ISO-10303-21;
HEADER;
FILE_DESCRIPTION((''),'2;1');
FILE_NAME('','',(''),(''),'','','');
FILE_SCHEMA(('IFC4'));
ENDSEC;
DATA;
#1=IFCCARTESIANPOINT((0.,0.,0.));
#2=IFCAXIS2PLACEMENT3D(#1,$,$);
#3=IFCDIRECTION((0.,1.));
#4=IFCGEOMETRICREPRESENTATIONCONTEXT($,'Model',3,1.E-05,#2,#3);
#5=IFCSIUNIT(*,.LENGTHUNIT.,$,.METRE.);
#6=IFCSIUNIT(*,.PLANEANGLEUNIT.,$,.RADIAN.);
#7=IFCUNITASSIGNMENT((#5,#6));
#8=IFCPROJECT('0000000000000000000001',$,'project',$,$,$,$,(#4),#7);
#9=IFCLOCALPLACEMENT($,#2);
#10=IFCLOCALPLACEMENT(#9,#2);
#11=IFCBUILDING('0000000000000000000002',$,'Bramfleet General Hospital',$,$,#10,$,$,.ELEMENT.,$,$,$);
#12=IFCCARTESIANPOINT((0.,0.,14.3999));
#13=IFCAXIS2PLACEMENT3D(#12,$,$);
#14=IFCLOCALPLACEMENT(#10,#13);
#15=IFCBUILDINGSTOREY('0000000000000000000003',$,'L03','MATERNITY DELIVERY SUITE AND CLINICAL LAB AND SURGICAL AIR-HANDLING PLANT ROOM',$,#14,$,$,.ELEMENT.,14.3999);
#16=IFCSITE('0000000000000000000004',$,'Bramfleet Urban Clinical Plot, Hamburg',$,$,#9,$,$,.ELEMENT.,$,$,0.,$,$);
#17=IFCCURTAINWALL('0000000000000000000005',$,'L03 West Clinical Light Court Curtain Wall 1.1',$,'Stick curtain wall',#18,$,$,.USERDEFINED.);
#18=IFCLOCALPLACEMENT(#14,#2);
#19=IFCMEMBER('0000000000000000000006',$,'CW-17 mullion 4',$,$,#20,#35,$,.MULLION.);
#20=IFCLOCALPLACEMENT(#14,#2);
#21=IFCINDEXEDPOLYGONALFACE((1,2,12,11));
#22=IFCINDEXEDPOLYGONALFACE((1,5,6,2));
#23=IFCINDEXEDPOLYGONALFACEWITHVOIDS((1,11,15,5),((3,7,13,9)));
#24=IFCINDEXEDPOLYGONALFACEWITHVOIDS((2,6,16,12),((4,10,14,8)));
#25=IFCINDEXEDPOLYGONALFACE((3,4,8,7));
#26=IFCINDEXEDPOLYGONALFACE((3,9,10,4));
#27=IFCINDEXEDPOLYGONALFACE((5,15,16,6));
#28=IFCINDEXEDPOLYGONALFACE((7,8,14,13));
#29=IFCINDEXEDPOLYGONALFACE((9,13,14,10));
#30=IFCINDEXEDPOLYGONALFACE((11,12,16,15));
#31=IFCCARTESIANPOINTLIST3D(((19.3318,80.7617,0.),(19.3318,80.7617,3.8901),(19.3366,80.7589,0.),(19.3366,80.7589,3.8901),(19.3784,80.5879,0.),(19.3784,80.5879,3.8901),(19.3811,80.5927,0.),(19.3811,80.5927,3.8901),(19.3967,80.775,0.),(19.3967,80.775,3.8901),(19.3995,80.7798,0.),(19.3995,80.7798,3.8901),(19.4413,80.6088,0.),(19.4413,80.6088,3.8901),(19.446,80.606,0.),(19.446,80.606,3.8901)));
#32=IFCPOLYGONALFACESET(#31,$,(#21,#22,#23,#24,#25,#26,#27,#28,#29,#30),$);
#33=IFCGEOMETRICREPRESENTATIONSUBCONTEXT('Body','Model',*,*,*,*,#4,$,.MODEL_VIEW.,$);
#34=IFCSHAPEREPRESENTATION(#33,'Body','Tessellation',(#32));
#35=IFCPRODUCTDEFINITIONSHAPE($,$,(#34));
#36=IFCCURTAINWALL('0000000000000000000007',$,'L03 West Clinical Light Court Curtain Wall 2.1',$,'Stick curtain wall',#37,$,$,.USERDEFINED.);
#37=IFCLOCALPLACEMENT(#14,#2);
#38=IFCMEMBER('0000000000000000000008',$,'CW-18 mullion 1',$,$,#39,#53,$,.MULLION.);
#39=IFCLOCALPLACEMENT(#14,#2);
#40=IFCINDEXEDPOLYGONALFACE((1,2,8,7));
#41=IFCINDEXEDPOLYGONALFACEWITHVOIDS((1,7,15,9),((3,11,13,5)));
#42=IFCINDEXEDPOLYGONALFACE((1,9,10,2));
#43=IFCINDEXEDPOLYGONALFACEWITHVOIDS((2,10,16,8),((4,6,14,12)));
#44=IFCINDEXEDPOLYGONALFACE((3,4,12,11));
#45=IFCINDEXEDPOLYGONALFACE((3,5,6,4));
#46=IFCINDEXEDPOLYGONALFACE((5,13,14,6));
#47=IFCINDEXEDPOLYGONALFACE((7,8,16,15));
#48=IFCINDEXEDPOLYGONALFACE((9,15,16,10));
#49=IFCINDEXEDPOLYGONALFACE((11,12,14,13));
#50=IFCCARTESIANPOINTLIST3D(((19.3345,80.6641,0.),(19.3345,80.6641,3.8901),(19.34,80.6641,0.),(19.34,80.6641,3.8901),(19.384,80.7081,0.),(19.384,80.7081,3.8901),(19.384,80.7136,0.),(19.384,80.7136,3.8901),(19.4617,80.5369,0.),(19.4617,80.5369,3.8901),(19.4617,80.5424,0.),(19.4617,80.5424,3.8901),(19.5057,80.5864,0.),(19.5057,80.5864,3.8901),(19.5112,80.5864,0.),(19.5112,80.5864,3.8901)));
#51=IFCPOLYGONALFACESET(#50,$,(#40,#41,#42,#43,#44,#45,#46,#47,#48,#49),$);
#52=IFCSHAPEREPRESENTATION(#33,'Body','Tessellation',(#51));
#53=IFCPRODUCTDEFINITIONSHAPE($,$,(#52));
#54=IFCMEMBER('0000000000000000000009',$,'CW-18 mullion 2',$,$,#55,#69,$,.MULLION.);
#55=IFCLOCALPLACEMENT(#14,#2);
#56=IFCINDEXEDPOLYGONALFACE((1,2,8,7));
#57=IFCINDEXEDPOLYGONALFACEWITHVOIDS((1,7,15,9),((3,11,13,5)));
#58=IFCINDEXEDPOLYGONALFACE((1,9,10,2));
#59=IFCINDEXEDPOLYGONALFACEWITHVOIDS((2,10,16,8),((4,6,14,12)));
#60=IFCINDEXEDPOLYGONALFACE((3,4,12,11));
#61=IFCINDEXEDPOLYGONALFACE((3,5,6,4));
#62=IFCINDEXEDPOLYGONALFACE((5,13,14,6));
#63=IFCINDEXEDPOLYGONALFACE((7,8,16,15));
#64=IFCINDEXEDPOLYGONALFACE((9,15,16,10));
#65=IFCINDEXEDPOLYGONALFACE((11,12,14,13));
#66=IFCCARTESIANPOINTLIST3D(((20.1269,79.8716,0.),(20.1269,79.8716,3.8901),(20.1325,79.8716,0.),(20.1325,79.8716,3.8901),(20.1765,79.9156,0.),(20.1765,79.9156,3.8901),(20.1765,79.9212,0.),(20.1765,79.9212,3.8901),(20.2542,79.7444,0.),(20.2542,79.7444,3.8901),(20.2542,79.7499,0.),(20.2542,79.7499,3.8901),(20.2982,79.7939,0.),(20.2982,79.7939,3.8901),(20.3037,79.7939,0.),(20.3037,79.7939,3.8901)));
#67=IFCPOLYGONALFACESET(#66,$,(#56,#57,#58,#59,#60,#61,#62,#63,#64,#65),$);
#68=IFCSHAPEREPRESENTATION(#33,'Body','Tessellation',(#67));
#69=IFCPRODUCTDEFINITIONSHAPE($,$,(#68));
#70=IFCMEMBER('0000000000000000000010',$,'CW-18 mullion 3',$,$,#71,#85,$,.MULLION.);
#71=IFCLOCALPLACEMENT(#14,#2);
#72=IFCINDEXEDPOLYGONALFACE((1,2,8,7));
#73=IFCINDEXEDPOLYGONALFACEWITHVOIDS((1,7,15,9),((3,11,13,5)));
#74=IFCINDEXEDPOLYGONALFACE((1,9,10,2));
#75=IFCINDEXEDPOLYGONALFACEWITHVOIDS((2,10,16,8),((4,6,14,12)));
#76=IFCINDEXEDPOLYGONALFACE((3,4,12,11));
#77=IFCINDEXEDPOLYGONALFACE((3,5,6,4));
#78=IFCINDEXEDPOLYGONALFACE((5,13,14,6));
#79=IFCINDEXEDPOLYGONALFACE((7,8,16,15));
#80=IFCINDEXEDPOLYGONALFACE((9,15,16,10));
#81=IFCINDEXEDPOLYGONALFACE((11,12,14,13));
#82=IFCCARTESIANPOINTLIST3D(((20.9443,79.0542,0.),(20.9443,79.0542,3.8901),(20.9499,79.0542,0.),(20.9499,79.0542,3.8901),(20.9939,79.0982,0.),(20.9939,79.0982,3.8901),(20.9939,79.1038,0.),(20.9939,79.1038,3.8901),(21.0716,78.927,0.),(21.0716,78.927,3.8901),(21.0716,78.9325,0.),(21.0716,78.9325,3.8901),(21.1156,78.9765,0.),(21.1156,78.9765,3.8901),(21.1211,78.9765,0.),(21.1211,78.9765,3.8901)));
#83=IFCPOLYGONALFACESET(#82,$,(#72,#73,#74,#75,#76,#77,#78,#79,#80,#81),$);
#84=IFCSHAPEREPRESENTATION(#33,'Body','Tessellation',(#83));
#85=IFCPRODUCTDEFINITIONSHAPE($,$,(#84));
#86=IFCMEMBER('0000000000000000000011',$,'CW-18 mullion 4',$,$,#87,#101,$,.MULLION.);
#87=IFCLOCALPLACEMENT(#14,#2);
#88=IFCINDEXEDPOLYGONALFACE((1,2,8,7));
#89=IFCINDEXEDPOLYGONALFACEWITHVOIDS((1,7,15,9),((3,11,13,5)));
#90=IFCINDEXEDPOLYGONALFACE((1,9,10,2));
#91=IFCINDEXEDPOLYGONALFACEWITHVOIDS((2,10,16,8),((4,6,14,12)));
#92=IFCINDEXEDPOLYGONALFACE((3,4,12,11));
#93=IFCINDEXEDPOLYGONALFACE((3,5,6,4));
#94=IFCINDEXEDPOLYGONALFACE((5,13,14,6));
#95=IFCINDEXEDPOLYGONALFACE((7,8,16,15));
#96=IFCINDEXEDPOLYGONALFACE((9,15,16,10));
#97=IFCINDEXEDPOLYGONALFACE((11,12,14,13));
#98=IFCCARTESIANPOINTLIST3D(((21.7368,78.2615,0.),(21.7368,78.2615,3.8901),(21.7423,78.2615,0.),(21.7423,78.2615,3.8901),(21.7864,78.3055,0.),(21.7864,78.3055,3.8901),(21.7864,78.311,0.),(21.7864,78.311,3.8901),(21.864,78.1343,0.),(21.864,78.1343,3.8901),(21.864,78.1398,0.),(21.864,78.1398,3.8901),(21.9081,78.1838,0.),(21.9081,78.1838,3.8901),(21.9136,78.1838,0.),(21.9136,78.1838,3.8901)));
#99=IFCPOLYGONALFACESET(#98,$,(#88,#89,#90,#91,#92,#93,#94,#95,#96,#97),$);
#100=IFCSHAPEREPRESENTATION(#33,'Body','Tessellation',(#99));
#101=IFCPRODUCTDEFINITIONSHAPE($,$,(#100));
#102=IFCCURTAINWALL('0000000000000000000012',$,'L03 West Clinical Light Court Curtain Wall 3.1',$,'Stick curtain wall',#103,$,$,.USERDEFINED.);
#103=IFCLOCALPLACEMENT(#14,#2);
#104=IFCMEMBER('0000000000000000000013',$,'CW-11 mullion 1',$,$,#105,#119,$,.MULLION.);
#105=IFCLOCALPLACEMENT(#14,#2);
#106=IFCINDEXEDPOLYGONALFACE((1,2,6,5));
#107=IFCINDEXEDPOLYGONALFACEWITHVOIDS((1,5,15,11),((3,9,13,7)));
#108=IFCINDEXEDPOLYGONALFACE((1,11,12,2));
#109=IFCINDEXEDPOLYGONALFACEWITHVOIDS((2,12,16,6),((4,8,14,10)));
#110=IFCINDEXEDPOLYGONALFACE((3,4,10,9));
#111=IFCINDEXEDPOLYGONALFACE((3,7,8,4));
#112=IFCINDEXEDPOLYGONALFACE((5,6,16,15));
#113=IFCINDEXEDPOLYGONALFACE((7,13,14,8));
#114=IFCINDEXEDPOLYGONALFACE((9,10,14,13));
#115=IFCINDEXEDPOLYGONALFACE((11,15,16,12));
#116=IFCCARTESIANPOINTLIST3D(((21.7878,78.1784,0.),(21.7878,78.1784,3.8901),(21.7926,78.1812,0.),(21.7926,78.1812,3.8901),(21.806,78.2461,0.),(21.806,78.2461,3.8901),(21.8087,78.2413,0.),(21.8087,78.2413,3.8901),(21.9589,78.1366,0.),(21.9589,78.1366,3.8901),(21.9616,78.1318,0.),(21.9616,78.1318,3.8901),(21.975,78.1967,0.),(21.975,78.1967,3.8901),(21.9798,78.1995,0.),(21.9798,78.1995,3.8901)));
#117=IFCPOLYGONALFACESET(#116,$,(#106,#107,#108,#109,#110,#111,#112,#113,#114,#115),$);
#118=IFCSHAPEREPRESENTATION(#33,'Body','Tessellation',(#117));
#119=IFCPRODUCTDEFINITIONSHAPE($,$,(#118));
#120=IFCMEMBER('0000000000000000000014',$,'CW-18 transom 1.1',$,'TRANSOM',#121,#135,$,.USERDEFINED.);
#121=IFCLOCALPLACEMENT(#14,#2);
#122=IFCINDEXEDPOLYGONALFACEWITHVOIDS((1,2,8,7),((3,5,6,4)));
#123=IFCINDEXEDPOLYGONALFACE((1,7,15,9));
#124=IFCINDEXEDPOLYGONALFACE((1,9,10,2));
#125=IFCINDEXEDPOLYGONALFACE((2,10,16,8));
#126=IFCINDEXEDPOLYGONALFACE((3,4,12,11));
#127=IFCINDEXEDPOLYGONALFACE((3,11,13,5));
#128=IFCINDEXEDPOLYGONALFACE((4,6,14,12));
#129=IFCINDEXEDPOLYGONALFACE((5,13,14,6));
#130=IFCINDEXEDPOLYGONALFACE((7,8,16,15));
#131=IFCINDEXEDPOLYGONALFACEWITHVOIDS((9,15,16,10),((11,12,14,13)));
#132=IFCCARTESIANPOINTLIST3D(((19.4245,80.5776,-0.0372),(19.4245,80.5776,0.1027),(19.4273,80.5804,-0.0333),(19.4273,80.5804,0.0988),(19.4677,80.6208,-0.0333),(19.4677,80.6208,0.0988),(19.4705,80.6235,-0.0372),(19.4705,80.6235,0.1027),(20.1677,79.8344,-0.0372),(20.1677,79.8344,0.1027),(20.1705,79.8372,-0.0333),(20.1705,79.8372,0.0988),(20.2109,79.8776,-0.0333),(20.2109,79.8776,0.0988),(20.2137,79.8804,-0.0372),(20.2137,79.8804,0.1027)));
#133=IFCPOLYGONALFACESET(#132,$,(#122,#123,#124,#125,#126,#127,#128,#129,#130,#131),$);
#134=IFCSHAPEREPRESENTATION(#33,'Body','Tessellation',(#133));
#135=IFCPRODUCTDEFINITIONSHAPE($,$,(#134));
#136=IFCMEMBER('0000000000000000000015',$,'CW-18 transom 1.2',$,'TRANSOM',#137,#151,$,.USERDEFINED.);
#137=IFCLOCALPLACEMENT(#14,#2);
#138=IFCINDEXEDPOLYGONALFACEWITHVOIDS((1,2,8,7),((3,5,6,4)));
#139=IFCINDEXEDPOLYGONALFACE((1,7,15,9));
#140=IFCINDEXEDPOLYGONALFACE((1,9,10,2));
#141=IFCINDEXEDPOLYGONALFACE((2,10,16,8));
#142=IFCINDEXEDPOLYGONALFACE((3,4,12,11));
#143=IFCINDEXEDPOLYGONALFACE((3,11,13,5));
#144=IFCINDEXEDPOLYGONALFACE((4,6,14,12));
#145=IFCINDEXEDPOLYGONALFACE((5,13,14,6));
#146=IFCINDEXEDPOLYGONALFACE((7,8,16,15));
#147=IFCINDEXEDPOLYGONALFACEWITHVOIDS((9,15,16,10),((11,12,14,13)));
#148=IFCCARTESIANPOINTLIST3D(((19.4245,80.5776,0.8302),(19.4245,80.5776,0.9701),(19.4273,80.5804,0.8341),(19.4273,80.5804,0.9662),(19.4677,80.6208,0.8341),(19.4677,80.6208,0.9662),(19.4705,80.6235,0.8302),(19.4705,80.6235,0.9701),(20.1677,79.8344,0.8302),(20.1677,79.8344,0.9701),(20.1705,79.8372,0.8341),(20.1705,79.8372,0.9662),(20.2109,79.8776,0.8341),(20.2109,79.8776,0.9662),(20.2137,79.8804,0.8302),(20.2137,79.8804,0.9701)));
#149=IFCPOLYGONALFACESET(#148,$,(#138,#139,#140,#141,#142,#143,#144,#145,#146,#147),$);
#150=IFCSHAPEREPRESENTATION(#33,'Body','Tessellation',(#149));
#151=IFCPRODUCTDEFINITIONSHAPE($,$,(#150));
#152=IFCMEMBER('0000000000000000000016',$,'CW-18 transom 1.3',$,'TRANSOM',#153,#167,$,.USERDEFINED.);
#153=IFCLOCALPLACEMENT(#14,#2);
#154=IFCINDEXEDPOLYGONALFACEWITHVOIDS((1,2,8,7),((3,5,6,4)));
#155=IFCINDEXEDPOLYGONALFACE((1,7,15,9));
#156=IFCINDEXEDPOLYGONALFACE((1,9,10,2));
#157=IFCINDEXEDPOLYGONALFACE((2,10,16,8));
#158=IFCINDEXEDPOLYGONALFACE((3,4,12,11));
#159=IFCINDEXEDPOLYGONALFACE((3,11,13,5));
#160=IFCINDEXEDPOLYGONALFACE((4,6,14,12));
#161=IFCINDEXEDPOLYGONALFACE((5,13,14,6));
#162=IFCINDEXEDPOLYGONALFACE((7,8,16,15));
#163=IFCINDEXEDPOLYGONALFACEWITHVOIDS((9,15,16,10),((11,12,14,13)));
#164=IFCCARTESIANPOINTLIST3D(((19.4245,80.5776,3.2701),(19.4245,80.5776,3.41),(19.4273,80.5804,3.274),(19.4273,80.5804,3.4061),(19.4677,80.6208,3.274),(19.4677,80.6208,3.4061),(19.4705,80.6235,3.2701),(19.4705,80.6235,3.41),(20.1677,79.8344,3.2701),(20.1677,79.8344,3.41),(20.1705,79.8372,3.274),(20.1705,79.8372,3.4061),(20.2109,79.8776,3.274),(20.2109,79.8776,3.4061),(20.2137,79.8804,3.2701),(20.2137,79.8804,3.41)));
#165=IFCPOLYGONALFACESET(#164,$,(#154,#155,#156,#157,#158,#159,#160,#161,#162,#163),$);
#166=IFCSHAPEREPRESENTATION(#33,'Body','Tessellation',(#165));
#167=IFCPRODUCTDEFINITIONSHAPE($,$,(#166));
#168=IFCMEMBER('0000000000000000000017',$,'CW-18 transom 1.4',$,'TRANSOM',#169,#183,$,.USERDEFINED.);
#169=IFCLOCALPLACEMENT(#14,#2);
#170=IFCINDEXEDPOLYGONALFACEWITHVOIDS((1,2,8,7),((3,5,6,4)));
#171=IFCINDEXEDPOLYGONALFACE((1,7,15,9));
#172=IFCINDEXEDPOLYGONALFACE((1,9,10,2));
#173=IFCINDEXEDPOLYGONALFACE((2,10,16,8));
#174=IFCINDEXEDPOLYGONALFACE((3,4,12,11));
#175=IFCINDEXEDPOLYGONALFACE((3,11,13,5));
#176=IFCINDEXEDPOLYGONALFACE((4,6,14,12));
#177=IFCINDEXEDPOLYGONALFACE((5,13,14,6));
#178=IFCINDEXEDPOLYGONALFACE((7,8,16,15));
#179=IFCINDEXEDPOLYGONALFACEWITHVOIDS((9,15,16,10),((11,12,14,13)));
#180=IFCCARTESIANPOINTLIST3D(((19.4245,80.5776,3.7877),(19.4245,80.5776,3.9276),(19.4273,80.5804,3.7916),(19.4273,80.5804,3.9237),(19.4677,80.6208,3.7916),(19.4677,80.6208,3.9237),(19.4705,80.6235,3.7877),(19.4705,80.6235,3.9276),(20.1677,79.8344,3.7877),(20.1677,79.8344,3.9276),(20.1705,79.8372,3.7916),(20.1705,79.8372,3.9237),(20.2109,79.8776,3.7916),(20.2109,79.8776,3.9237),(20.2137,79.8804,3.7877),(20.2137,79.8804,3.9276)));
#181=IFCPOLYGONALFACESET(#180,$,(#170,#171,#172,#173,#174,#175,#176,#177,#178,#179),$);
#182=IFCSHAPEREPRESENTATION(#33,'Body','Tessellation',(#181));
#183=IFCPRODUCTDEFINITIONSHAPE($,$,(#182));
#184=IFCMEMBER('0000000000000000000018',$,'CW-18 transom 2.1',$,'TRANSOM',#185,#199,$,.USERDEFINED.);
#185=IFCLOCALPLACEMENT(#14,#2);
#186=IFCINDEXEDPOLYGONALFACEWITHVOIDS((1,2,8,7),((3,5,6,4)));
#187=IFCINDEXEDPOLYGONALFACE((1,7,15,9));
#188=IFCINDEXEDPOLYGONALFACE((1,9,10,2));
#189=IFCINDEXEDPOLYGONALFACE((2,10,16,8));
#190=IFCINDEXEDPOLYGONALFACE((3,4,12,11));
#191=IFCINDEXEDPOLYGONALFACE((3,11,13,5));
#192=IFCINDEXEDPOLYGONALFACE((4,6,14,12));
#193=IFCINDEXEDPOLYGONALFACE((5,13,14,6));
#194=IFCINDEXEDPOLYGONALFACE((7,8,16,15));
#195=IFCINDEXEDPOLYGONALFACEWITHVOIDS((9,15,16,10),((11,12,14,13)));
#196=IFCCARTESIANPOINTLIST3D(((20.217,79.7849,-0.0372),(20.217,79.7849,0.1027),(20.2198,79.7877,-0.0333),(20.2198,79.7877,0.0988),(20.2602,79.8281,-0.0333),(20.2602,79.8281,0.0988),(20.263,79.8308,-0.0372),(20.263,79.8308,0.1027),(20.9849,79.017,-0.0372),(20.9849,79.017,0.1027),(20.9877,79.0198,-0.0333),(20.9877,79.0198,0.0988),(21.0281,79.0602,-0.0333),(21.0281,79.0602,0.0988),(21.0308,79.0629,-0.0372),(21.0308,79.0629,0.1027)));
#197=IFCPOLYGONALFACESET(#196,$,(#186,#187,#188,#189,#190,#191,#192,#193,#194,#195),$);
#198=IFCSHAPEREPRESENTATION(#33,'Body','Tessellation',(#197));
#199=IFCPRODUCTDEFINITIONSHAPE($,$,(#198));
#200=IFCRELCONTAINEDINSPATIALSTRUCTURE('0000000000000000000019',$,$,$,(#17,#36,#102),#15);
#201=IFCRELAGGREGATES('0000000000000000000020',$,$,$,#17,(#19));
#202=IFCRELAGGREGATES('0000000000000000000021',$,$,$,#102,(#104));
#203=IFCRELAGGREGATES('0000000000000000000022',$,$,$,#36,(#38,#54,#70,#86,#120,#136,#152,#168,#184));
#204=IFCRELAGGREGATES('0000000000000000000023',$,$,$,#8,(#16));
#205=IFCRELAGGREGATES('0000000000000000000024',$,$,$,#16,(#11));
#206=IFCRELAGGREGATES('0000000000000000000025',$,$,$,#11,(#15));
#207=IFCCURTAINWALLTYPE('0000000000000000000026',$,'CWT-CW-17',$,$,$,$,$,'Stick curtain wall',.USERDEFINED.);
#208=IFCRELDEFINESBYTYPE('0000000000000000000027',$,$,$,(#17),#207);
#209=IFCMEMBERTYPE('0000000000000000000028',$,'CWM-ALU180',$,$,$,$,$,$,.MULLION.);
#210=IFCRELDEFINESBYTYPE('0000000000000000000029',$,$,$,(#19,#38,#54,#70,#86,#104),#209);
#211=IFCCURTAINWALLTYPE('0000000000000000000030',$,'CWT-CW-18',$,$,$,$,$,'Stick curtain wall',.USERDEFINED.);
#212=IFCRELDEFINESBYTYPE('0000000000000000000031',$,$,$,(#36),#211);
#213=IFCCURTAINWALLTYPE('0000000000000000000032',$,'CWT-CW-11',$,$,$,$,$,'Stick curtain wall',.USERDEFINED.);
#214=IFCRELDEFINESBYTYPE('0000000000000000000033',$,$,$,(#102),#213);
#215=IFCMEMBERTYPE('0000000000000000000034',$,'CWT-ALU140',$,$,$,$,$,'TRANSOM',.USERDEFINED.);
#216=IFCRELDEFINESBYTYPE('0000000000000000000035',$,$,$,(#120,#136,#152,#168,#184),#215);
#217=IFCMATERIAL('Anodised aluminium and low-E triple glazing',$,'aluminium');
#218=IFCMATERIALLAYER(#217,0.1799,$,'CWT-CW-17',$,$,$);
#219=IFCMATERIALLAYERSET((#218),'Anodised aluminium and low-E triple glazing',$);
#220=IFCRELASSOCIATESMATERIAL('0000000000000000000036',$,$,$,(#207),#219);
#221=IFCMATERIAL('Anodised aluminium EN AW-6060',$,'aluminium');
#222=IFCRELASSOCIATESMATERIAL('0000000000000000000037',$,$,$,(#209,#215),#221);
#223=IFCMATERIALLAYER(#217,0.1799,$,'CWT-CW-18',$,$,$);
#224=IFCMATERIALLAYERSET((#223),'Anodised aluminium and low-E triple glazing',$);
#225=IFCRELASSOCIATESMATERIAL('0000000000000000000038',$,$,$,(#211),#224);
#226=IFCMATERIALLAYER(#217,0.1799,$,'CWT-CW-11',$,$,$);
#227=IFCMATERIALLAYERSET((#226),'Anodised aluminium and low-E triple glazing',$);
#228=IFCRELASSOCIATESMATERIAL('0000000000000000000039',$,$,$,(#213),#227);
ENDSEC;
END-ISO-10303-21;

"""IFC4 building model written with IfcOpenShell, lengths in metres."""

from ifc_helpers import new_model, si_unit, direction, frame, origin, origin_2d, place, context, subcontext, project, spatial, hollow_rectangle, extrude, material, layer, layer_set, material_profile, profile_set, type_object, element, aggregate, save


model = new_model("IFC4")

# Units and contexts
model_context = context("Model", 3, precision=1e-05, world=origin(), true_north=direction((0.0, 1.0)))
body_context = subcontext(model_context, "Body", "Model", "MODEL_VIEW")
ifc_project = project(units=[si_unit("LENGTHUNIT", "METRE"), si_unit("PLANEANGLEUNIT", "RADIAN")], contexts=[model_context])

# Site, building, storey
site_placement = place(None, origin())
site = spatial("IfcSite", under=ifc_project, at=site_placement, Name="Bramfleet Urban Clinical Plot, Hamburg", CompositionType="ELEMENT", RefElevation=0.0)
building_placement = place(site_placement, origin())
building = spatial("IfcBuilding", under=site, at=building_placement, Name="Bramfleet General Hospital", CompositionType="ELEMENT")
storey_placement = place(building_placement, frame((0.0, 0.0, 14.3999)))
storey = spatial("IfcBuildingStorey", under=building, at=storey_placement, Name="L03", Description="MATERNITY DELIVERY SUITE AND CLINICAL LAB AND SURGICAL AIR-HANDLING PLANT ROOM", CompositionType="ELEMENT", Elevation=14.3999)

# Curtain wall, member
ifc_material_1 = material(Name="Anodised aluminium and low-E triple glazing", Category="aluminium")
ifc_layer_1 = layer(ifc_material_1, 0.1799, Name="CWT-CW-17")
ifc_layer_set_1 = layer_set([ifc_layer_1], Name="Anodised aluminium and low-E triple glazing")
curtain_wall_type_1 = type_object("IfcCurtainWallType", Name="CWT-CW-17", ElementType="Stick curtain wall", PredefinedType="USERDEFINED", material=ifc_layer_set_1)
curtain_wall_1_placement = place(storey_placement, origin())
curtain_wall_1 = element("IfcCurtainWall", 1, at=curtain_wall_1_placement, inside=storey, type_object=curtain_wall_type_1, Name="L03 West Clinical Light Court Curtain Wall 1.1", ObjectType="Stick curtain wall", PredefinedType="USERDEFINED")
ifc_material_2 = material(Name="Anodised aluminium EN AW-6060", Category="aluminium")
ifc_material_profile_1 = material_profile(ifc_material_2, hollow_rectangle(XDim=0.0701, YDim=0.1799, WallThickness=0.0039, at=origin_2d()), Name="ALU 180x70x4.0")
ifc_profile_set_1 = profile_set([ifc_material_profile_1], Name="Anodised aluminium EN AW-6060")
member_type_1 = type_object("IfcMemberType", Name="CWM-ALU180", PredefinedType="MULLION", material=ifc_profile_set_1)
member_1_placement = place(storey_placement, frame((19.3889, 80.6838, 0.0), z_axis=(0.0, 0.0, 1.0), x_axis=(0.965899, 0.258919, 0.0)))
member_1 = element("IfcMember", 2, at=member_1_placement, type_object=member_type_1, Name="CW-17 mullion 4", PredefinedType="MULLION", context=body_context, shape_type="SweptSolid", body=[
    extrude(hollow_rectangle(XDim=0.0701, YDim=0.1799, WallThickness=0.0039, at=origin_2d()), origin(), (0.0, 0.0, 1.0), 3.8901),
])
aggregate(curtain_wall_1, [member_1])

# Curtain wall, members
ifc_layer_2 = layer(ifc_material_1, 0.1799, Name="CWT-CW-18")
ifc_layer_set_2 = layer_set([ifc_layer_2], Name="Anodised aluminium and low-E triple glazing")
curtain_wall_type_2 = type_object("IfcCurtainWallType", Name="CWT-CW-18", ElementType="Stick curtain wall", PredefinedType="USERDEFINED", material=ifc_layer_set_2)
curtain_wall_2_placement = place(storey_placement, origin())
curtain_wall_2 = element("IfcCurtainWall", 3, at=curtain_wall_2_placement, inside=storey, type_object=curtain_wall_type_2, Name="L03 West Clinical Light Court Curtain Wall 2.1", ObjectType="Stick curtain wall", PredefinedType="USERDEFINED")
member_2_placement = place(storey_placement, frame((19.4229, 80.6252, 0.0), z_axis=(0.0, 0.0, 1.0), x_axis=(0.707107, 0.707107, 0.0)))
member_2 = element("IfcMember", 4, at=member_2_placement, type_object=member_type_1, Name="CW-18 mullion 1", PredefinedType="MULLION", context=body_context, shape_type="SweptSolid", body=[
    extrude(hollow_rectangle(XDim=0.0701, YDim=0.1799, WallThickness=0.0039, at=origin_2d()), origin(), (0.0, 0.0, 1.0), 3.8901),
])
member_3_placement = place(storey_placement, frame((20.2153, 79.8328, 0.0), z_axis=(0.0, 0.0, 1.0), x_axis=(0.707107, 0.707107, 0.0)))
member_3 = element("IfcMember", 5, at=member_3_placement, type_object=member_type_1, Name="CW-18 mullion 2", PredefinedType="MULLION", context=body_context, shape_type="SweptSolid", body=[
    extrude(hollow_rectangle(XDim=0.0701, YDim=0.1799, WallThickness=0.0039, at=origin_2d()), origin(), (0.0, 0.0, 1.0), 3.8901),
])
member_4_placement = place(storey_placement, frame((21.0327, 79.0154, 0.0), z_axis=(0.0, 0.0, 1.0), x_axis=(0.707107, 0.707107, 0.0)))
member_4 = element("IfcMember", 6, at=member_4_placement, type_object=member_type_1, Name="CW-18 mullion 3", PredefinedType="MULLION", context=body_context, shape_type="SweptSolid", body=[
    extrude(hollow_rectangle(XDim=0.0701, YDim=0.1799, WallThickness=0.0039, at=origin_2d()), origin(), (0.0, 0.0, 1.0), 3.8901),
])
member_5_placement = place(storey_placement, frame((21.8252, 78.2227, 0.0), z_axis=(0.0, 0.0, 1.0), x_axis=(0.707107, 0.707107, 0.0)))
member_5 = element("IfcMember", 7, at=member_5_placement, type_object=member_type_1, Name="CW-18 mullion 4", PredefinedType="MULLION", context=body_context, shape_type="SweptSolid", body=[
    extrude(hollow_rectangle(XDim=0.0701, YDim=0.1799, WallThickness=0.0039, at=origin_2d()), origin(), (0.0, 0.0, 1.0), 3.8901),
])

# Curtain wall, member
ifc_layer_3 = layer(ifc_material_1, 0.1799, Name="CWT-CW-11")
ifc_layer_set_3 = layer_set([ifc_layer_3], Name="Anodised aluminium and low-E triple glazing")
curtain_wall_type_3 = type_object("IfcCurtainWallType", Name="CWT-CW-11", ElementType="Stick curtain wall", PredefinedType="USERDEFINED", material=ifc_layer_set_3)
curtain_wall_3_placement = place(storey_placement, origin())
curtain_wall_3 = element("IfcCurtainWall", 8, at=curtain_wall_3_placement, inside=storey, type_object=curtain_wall_type_3, Name="L03 West Clinical Light Court Curtain Wall 3.1", ObjectType="Stick curtain wall", PredefinedType="USERDEFINED")
member_6_placement = place(storey_placement, frame((21.8838, 78.189, 0.0), z_axis=(0.0, 0.0, 1.0), x_axis=(0.258919, 0.965899, 0.0)))
member_6 = element("IfcMember", 9, at=member_6_placement, type_object=member_type_1, Name="CW-11 mullion 1", PredefinedType="MULLION", context=body_context, shape_type="SweptSolid", body=[
    extrude(hollow_rectangle(XDim=0.0701, YDim=0.1799, WallThickness=0.0039, at=origin_2d()), origin(), (0.0, 0.0, 1.0), 3.8901),
])
aggregate(curtain_wall_3, [member_6])

# Members
ifc_material_profile_2 = material_profile(ifc_material_2, hollow_rectangle(XDim=0.0649, YDim=0.1399, WallThickness=0.0039, at=origin_2d()), Name="ALU 140x65x4.0")
ifc_profile_set_2 = profile_set([ifc_material_profile_2], Name="Anodised aluminium EN AW-6060")
member_type_2 = type_object("IfcMemberType", Name="CWT-ALU140", ElementType="TRANSOM", PredefinedType="USERDEFINED", material=ifc_profile_set_2)
member_7_placement = place(storey_placement, frame((19.4475, 80.6006, 0.0327), z_axis=(0.707107, -0.707107, 0.0), x_axis=(0.707107, 0.707107, 0.0)))
member_7 = element("IfcMember", 10, at=member_7_placement, type_object=member_type_2, Name="CW-18 transom 1.1", ObjectType="TRANSOM", PredefinedType="USERDEFINED", context=body_context, shape_type="SweptSolid", body=[
    extrude(hollow_rectangle(XDim=0.0649, YDim=0.1399, WallThickness=0.0039, at=origin_2d()), origin(), (0.0, 0.0, 1.0), 1.051),
])
member_8_placement = place(storey_placement, frame((19.4475, 80.6006, 0.9001), z_axis=(0.707107, -0.707107, 0.0), x_axis=(0.707107, 0.707107, 0.0)))
member_8 = element("IfcMember", 11, at=member_8_placement, type_object=member_type_2, Name="CW-18 transom 1.2", ObjectType="TRANSOM", PredefinedType="USERDEFINED", context=body_context, shape_type="SweptSolid", body=[
    extrude(hollow_rectangle(XDim=0.0649, YDim=0.1399, WallThickness=0.0039, at=origin_2d()), origin(), (0.0, 0.0, 1.0), 1.051),
])
member_9_placement = place(storey_placement, frame((19.4475, 80.6006, 3.3401), z_axis=(0.707107, -0.707107, 0.0), x_axis=(0.707107, 0.707107, 0.0)))
member_9 = element("IfcMember", 12, at=member_9_placement, type_object=member_type_2, Name="CW-18 transom 1.3", ObjectType="TRANSOM", PredefinedType="USERDEFINED", context=body_context, shape_type="SweptSolid", body=[
    extrude(hollow_rectangle(XDim=0.0649, YDim=0.1399, WallThickness=0.0039, at=origin_2d()), origin(), (0.0, 0.0, 1.0), 1.051),
])
member_10_placement = place(storey_placement, frame((19.4475, 80.6006, 3.8577), z_axis=(0.707107, -0.707107, 0.0), x_axis=(0.707107, 0.707107, 0.0)))
member_10 = element("IfcMember", 13, at=member_10_placement, type_object=member_type_2, Name="CW-18 transom 1.4", ObjectType="TRANSOM", PredefinedType="USERDEFINED", context=body_context, shape_type="SweptSolid", body=[
    extrude(hollow_rectangle(XDim=0.0649, YDim=0.1399, WallThickness=0.0039, at=origin_2d()), origin(), (0.0, 0.0, 1.0), 1.051),
])
member_11_placement = place(storey_placement, frame((20.24, 79.8079, 0.0327), z_axis=(0.707107, -0.707107, 0.0), x_axis=(0.707107, 0.707107, 0.0)))
member_11 = element("IfcMember", 14, at=member_11_placement, type_object=member_type_2, Name="CW-18 transom 2.1", ObjectType="TRANSOM", PredefinedType="USERDEFINED", context=body_context, shape_type="SweptSolid", body=[
    extrude(hollow_rectangle(XDim=0.0649, YDim=0.1399, WallThickness=0.0039, at=origin_2d()), origin(), (0.0, 0.0, 1.0), 1.0859),
])

aggregate(curtain_wall_2, [member_2, member_3, member_4, member_5, member_7, member_8, member_9, member_10, member_11])

save(model, "model.ifc")
